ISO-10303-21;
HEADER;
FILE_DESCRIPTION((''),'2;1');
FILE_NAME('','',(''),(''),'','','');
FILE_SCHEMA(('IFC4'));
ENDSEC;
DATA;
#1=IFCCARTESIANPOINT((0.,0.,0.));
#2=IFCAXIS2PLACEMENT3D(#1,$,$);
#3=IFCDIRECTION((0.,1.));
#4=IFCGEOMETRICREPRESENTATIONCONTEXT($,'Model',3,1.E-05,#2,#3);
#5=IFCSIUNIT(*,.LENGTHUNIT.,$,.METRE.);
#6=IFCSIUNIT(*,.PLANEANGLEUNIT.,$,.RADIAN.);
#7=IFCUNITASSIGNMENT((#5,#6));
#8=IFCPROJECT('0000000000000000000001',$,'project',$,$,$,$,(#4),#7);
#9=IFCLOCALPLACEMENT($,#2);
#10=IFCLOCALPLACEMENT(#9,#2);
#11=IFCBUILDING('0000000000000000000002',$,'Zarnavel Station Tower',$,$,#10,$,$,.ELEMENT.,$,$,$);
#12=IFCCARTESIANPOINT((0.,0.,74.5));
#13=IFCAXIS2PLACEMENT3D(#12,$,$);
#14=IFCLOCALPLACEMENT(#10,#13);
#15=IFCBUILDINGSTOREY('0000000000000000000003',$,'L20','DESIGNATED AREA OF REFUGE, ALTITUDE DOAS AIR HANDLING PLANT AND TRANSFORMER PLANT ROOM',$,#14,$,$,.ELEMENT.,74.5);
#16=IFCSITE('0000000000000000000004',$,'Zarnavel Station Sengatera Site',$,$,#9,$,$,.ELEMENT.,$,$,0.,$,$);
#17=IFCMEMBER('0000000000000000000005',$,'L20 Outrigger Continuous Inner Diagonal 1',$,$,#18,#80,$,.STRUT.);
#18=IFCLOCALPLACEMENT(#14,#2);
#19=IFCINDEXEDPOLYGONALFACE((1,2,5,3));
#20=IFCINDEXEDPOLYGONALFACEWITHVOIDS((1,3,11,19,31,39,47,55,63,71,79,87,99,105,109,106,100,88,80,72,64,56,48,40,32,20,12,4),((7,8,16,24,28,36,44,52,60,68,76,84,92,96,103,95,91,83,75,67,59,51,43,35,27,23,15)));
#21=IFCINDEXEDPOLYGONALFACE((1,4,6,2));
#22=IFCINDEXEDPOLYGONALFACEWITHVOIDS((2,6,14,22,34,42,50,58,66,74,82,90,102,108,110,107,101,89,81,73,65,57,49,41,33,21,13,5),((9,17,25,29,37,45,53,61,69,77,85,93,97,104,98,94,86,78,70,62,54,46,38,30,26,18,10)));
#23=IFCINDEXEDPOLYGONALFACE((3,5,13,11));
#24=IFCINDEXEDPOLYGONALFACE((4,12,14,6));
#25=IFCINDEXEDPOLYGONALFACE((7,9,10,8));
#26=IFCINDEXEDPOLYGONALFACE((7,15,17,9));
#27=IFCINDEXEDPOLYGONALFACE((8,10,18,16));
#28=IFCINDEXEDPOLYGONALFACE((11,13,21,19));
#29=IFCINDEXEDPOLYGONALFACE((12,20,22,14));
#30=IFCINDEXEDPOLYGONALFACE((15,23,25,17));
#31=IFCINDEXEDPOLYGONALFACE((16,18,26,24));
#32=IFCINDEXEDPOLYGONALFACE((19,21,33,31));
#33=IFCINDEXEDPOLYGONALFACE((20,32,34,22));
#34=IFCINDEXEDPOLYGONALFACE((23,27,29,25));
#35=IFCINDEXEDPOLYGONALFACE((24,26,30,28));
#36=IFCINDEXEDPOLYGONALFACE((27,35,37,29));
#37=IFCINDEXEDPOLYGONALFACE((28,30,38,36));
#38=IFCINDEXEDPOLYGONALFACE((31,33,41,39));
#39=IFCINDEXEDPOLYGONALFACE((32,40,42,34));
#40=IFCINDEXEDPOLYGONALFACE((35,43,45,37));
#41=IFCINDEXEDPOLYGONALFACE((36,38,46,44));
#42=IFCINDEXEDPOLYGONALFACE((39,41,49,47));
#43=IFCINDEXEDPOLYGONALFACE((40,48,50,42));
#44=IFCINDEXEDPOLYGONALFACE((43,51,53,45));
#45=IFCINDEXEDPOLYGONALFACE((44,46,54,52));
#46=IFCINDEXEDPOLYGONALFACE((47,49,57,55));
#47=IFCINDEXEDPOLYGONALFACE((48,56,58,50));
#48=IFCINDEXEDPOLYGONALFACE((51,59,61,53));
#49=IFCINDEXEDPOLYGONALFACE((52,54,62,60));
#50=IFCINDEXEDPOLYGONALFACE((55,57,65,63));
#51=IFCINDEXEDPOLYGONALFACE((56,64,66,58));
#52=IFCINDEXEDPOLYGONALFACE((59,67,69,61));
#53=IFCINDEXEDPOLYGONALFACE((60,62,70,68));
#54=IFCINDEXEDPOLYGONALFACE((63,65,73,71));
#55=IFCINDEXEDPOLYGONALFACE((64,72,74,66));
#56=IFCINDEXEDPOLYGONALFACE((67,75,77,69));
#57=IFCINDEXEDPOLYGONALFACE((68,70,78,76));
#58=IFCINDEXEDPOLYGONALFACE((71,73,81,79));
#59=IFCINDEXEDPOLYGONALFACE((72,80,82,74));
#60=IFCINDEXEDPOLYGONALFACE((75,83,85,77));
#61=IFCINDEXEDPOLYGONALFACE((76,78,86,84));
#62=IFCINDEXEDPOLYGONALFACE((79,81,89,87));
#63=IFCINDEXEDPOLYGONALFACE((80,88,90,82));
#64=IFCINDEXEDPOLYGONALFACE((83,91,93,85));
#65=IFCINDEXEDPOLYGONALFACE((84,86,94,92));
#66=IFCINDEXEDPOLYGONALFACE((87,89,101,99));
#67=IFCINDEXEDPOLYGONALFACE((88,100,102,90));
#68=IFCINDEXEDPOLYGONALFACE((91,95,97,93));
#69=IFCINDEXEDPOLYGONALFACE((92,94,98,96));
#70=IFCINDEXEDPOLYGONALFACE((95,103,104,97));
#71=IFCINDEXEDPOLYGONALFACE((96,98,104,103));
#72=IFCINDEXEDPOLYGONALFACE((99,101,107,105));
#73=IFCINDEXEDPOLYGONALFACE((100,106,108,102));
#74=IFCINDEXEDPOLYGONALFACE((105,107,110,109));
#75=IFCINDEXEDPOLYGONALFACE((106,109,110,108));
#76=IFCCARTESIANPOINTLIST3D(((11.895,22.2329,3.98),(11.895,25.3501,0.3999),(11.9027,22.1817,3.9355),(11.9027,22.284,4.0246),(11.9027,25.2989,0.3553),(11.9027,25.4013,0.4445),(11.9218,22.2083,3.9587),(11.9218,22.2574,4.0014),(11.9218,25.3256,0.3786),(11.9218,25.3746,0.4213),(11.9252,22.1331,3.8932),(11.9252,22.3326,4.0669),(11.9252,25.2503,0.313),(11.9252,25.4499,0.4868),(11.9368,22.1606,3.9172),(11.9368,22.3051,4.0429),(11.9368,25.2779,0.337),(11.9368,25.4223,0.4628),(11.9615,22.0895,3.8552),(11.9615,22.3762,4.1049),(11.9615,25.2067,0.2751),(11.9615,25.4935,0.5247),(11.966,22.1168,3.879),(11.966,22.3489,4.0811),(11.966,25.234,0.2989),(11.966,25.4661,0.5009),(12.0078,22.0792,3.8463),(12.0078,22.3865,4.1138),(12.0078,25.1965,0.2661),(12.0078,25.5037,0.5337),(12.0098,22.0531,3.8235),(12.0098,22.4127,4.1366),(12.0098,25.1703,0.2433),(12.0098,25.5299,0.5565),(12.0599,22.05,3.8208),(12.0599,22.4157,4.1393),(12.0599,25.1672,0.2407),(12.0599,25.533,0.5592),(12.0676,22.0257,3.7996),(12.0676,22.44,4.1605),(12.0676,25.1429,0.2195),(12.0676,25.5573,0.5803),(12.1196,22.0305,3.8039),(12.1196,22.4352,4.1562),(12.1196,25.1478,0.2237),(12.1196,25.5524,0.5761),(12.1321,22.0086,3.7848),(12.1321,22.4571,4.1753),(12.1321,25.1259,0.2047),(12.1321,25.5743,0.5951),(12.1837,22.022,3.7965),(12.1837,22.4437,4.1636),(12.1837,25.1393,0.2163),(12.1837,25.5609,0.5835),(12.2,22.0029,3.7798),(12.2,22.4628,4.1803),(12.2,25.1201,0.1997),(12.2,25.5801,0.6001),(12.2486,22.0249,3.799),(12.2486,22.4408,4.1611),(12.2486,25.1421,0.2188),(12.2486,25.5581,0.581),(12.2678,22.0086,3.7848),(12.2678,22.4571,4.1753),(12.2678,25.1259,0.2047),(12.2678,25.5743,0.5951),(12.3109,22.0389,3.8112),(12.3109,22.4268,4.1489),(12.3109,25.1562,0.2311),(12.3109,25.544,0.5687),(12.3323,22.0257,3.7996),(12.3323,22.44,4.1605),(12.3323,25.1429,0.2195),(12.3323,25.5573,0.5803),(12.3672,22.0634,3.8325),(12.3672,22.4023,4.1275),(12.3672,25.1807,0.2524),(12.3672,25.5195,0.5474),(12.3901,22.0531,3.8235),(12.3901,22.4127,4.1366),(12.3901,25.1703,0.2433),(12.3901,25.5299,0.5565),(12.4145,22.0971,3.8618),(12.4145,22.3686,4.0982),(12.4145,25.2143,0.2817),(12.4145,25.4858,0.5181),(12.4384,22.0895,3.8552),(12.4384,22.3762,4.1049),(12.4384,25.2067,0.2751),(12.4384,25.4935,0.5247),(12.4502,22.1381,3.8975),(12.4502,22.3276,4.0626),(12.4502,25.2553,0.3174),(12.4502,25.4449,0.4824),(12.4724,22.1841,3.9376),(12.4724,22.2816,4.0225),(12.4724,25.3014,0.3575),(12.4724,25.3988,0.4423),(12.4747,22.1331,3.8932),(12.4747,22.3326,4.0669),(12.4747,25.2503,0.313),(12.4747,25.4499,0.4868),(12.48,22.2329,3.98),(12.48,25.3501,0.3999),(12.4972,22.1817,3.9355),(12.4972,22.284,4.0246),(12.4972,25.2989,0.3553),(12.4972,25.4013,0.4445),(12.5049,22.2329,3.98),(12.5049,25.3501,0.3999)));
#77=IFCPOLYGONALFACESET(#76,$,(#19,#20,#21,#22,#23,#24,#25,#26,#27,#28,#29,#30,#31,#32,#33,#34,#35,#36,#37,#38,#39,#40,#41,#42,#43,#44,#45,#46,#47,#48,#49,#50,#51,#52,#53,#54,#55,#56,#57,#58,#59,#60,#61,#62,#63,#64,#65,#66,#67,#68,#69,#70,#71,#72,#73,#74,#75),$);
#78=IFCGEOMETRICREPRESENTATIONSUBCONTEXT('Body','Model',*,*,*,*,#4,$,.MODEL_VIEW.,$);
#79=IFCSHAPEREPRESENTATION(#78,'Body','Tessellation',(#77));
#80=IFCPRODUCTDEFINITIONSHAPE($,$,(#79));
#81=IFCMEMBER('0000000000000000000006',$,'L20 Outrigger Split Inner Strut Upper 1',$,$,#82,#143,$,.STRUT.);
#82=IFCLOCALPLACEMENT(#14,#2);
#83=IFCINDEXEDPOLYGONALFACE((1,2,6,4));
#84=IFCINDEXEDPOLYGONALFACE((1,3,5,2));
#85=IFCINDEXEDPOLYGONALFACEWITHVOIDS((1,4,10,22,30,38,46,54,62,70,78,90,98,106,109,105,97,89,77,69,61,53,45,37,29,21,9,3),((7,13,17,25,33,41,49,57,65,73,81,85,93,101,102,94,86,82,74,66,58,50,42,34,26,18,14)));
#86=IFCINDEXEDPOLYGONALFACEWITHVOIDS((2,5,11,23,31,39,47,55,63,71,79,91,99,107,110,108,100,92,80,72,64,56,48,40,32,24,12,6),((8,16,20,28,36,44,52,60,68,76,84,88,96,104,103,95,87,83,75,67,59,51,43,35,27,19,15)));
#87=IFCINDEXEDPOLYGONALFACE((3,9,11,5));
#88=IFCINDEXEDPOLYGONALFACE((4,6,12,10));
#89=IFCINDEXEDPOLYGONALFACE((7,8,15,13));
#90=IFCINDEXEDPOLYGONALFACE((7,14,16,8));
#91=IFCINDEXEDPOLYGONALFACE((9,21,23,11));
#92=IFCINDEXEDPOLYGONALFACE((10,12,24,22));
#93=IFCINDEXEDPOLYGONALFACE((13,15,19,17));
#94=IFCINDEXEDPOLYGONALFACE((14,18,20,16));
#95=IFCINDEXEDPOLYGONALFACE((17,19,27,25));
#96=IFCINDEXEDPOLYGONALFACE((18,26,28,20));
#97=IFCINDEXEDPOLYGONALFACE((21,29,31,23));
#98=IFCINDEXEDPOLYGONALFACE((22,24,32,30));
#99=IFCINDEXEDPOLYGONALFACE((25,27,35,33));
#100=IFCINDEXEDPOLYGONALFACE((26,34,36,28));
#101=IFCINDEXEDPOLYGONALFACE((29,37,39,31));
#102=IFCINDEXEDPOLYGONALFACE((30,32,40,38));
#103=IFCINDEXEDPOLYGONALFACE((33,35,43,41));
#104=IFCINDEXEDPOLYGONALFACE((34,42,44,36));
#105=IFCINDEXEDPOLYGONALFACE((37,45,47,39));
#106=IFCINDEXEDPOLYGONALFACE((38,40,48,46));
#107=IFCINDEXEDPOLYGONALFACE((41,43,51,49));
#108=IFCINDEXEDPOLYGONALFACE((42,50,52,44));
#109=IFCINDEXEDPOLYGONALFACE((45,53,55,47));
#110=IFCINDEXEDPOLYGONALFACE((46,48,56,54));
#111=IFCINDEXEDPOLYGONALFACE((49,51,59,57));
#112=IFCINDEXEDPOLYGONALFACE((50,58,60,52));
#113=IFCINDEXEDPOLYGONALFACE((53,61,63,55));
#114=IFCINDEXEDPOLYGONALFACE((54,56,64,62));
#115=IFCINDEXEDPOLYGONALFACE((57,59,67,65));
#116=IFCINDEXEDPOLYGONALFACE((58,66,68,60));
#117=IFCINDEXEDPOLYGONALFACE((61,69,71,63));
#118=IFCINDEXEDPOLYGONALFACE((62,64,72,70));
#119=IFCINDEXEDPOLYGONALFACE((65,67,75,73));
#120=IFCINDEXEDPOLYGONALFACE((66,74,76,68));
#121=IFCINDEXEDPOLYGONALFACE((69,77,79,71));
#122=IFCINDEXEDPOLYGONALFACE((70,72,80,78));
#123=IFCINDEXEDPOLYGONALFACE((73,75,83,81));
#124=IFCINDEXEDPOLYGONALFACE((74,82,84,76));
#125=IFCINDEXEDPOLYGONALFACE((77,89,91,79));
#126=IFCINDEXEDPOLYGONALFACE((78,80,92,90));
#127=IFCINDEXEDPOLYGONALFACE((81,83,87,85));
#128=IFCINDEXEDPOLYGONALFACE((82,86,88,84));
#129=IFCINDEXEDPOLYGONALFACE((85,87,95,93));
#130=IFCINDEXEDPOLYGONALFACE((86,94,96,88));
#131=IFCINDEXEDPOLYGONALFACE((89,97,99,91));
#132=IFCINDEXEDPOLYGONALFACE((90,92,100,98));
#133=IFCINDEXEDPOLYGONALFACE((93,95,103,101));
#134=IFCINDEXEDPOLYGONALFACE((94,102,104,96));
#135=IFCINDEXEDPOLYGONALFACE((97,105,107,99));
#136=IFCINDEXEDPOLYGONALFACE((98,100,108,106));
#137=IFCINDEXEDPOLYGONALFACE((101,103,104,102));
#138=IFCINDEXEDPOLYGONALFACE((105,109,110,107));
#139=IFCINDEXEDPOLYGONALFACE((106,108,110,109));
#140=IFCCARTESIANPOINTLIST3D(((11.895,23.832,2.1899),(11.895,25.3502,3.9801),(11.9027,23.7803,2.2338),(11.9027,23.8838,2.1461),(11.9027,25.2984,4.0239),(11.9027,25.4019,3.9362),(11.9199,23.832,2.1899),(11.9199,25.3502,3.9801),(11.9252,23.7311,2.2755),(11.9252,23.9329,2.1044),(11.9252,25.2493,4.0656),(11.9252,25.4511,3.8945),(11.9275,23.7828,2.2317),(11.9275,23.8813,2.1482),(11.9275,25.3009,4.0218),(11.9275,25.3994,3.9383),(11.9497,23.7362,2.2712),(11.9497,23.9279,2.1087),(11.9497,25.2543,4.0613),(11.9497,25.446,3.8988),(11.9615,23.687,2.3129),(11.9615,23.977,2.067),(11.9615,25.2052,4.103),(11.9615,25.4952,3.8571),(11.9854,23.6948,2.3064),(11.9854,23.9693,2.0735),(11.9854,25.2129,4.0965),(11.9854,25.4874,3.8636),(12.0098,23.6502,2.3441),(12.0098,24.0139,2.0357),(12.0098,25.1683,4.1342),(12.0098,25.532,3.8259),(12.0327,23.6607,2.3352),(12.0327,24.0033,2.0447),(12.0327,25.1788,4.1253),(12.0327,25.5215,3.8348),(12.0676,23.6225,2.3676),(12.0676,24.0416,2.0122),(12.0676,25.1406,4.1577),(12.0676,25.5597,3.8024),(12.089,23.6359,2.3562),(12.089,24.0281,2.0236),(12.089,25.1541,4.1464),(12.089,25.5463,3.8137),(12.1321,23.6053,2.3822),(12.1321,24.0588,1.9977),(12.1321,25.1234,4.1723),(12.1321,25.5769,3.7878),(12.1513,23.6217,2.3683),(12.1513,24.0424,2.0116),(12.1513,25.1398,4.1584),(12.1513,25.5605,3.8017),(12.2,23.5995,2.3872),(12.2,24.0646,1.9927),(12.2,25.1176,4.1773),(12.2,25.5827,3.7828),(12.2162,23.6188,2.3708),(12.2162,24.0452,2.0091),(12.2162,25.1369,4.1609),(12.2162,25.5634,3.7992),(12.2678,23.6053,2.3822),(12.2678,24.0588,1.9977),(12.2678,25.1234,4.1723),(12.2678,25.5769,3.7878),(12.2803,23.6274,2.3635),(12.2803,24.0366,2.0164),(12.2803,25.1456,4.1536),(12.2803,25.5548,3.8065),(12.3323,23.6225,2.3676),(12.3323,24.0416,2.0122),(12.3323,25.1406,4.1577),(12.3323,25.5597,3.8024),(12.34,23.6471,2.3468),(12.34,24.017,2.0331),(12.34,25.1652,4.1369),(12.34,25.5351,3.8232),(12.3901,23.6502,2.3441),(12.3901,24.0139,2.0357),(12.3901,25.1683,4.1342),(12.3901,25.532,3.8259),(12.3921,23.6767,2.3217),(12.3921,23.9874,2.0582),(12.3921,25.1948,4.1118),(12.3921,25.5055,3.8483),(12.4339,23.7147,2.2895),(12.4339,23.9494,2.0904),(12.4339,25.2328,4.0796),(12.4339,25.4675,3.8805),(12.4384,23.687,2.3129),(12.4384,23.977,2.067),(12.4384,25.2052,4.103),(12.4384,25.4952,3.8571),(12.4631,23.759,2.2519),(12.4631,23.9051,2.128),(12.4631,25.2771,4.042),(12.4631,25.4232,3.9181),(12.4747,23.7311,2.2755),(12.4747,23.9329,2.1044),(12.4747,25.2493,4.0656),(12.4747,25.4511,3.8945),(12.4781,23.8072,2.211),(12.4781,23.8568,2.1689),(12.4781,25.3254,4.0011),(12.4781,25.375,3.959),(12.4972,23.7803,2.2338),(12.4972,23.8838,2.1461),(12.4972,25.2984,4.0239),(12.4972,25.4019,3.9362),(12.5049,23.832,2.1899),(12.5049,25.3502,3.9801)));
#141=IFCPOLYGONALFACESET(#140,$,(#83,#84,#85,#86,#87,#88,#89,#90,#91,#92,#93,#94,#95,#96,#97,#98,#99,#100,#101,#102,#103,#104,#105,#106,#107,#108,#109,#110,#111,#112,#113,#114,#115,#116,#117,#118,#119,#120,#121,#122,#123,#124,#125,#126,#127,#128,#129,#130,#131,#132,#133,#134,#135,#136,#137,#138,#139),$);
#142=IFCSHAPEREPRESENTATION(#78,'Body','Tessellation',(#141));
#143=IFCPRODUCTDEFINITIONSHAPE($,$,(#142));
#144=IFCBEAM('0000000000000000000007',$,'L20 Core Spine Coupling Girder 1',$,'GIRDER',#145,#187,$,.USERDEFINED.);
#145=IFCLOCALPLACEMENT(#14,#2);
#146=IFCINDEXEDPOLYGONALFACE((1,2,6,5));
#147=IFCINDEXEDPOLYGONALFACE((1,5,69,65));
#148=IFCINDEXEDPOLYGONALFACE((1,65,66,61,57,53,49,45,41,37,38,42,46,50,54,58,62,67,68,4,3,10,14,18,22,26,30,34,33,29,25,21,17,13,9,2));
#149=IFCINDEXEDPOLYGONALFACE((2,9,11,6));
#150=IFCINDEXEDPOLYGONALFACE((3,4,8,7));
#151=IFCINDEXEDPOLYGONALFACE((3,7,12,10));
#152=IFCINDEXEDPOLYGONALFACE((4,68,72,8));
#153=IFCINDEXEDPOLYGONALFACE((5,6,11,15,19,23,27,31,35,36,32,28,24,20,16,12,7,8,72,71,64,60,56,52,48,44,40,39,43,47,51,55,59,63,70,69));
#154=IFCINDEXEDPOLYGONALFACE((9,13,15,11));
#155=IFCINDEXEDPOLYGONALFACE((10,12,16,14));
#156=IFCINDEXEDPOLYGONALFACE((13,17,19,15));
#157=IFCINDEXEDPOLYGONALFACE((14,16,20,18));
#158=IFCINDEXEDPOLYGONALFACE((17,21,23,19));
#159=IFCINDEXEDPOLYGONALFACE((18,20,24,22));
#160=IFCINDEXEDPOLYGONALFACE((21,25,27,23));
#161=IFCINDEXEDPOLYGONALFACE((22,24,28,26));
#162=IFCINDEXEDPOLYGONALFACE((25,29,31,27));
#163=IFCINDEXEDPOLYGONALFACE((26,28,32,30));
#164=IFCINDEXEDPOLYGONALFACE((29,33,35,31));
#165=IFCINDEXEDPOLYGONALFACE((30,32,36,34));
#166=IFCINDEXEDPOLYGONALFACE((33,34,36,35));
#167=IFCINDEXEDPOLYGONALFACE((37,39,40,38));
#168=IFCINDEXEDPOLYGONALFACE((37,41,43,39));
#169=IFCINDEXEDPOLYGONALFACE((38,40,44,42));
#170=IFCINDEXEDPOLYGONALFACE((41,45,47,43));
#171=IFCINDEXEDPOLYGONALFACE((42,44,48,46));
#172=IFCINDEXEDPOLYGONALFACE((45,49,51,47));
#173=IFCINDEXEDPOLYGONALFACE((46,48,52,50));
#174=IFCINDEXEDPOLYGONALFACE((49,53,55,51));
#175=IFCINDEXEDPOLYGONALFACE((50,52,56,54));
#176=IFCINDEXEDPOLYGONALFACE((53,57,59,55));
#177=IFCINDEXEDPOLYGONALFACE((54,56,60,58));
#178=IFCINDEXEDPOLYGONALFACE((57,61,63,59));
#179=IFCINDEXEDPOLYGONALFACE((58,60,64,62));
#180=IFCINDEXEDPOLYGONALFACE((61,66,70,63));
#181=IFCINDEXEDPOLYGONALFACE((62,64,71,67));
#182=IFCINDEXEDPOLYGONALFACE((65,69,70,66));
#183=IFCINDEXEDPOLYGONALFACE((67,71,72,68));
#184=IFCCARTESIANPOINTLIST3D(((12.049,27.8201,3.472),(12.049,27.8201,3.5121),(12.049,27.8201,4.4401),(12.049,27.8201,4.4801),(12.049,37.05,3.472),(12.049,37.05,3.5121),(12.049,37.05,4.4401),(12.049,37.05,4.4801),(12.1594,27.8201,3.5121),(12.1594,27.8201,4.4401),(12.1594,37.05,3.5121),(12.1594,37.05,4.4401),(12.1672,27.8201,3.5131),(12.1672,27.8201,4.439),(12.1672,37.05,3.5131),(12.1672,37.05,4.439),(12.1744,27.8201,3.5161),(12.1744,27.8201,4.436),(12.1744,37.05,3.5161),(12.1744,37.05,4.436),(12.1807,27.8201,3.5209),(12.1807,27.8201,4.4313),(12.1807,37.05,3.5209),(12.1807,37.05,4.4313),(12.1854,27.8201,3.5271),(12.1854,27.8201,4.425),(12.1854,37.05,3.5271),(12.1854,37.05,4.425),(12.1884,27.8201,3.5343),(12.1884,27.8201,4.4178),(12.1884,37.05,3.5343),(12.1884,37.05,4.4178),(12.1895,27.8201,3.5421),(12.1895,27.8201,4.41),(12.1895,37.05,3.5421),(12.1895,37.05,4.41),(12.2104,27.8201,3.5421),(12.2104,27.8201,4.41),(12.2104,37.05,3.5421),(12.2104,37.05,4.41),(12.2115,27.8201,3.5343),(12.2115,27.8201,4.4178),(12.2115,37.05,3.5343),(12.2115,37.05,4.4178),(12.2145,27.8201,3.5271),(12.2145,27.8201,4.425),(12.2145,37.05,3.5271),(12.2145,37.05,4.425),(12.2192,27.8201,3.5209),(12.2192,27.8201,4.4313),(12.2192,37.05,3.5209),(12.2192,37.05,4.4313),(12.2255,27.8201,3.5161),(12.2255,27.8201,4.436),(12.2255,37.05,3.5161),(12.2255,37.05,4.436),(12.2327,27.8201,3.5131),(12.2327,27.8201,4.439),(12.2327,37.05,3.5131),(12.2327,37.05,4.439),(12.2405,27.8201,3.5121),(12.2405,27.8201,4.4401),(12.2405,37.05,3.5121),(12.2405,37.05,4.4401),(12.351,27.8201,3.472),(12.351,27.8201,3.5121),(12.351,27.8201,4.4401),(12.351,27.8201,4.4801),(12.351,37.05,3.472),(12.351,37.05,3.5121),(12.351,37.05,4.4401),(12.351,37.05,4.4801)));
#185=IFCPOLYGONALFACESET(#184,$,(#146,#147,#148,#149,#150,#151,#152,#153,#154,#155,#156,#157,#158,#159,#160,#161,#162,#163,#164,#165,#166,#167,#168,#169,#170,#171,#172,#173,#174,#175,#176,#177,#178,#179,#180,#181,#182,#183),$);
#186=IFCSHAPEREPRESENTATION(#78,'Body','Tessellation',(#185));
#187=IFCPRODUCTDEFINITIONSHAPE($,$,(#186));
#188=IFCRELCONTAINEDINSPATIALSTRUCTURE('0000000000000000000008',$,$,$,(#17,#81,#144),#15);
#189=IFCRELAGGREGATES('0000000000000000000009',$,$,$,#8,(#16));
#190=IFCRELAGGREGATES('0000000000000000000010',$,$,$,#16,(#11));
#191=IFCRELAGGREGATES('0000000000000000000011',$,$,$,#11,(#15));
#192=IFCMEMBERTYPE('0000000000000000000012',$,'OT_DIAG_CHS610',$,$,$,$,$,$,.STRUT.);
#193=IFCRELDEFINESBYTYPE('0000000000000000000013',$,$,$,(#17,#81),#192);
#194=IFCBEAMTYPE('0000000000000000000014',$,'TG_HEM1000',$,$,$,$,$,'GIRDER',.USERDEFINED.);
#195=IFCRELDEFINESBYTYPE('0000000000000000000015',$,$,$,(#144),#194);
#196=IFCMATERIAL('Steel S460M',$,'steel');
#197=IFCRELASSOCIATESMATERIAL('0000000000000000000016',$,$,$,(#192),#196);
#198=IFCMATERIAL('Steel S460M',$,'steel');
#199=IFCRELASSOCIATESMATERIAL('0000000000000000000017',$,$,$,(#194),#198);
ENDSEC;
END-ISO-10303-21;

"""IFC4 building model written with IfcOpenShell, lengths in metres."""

from ifc_helpers import new_model, si_unit, direction, frame, origin, origin_2d, place, context, subcontext, project, spatial, hollow_circle, i_section, extrude, material, material_profile, profile_set, type_object, element, save


model = new_model("IFC4")

# Units and contexts
model_context = context("Model", 3, precision=1e-05, world=origin(), true_north=direction((0.0, 1.0)))
body_context = subcontext(model_context, "Body", "Model", "MODEL_VIEW")
ifc_project = project(units=[si_unit("LENGTHUNIT", "METRE"), si_unit("PLANEANGLEUNIT", "RADIAN")], contexts=[model_context])

# Site, building, storey
site_placement = place(None, origin())
site = spatial("IfcSite", under=ifc_project, at=site_placement, Name="Zarnavel Station Sengatera Site", CompositionType="ELEMENT", RefElevation=0.0)
building_placement = place(site_placement, origin())
building = spatial("IfcBuilding", under=site, at=building_placement, Name="Zarnavel Station Tower", CompositionType="ELEMENT")
storey_placement = place(building_placement, frame((0.0, 0.0, 74.5)))
storey = spatial("IfcBuildingStorey", under=building, at=storey_placement, Name="L20", Description="DESIGNATED AREA OF REFUGE, ALTITUDE DOAS AIR HANDLING PLANT AND TRANSFORMER PLANT ROOM", CompositionType="ELEMENT", Elevation=74.5)

# Members
ifc_material_1 = material(Name="Steel S460M", Category="steel")
ifc_material_profile_1 = material_profile(ifc_material_1, hollow_circle(Radius=0.3049, WallThickness=0.0249, at=origin_2d()), Name="CHS610x25")
ifc_profile_set_1 = profile_set([ifc_material_profile_1], Name="Steel S460M")
member_type = type_object("IfcMemberType", Name="OT_DIAG_CHS610", PredefinedType="STRUT", material=ifc_profile_set_1)
member_1_placement = place(storey_placement, frame((12.2, 25.3501, 0.3999), z_axis=(0.0, -0.656668, 0.75418), x_axis=(1.0, 0.0, 0.0)))
element("IfcMember", 1, at=member_1_placement, inside=storey, type_object=member_type, Name="L20 Outrigger Continuous Inner Diagonal 1", PredefinedType="STRUT", context=body_context, shape_type="SweptSolid", body=[
    extrude(hollow_circle(Radius=0.3049, WallThickness=0.0249, at=origin_2d()), origin(), (0.0, 0.0, 1.0), 4.7471),
])
member_2_placement = place(storey_placement, frame((12.2, 23.832, 2.1899), z_axis=(0.0, 0.64679, 0.762668), x_axis=(-1.0, 0.0, 0.0)))
element("IfcMember", 2, at=member_2_placement, inside=storey, type_object=member_type, Name="L20 Outrigger Split Inner Strut Upper 1", PredefinedType="STRUT", context=body_context, shape_type="SweptSolid", body=[
    extrude(hollow_circle(Radius=0.3049, WallThickness=0.0249, at=origin_2d()), origin(), (0.0, 0.0, 1.0), 2.3472),
])

# Beam
ifc_material_2 = material(Name="Steel S460M", Category="steel")
ifc_material_profile_2 = material_profile(ifc_material_2, i_section(OverallWidth=0.302, OverallDepth=1.0081, WebThickness=0.021, FlangeThickness=0.04, FilletRadius=0.03, at=origin_2d()), Name="HEM1000")
ifc_profile_set_2 = profile_set([ifc_material_profile_2], Name="Steel S460M")
beam_type_1 = type_object("IfcBeamType", Name="TG_HEM1000", ElementType="GIRDER", PredefinedType="USERDEFINED", material=ifc_profile_set_2)
beam_1_placement = place(storey_placement, frame((12.2, 27.8201, 3.9761), z_axis=(0.0, 1.0, 0.0), x_axis=(-1.0, 0.0, 0.0)))
element("IfcBeam", 3, at=beam_1_placement, inside=storey, type_object=beam_type_1, Name="L20 Core Spine Coupling Girder 1", ObjectType="GIRDER", PredefinedType="USERDEFINED", context=body_context, shape_type="SweptSolid", body=[
    extrude(i_section(OverallWidth=0.302, OverallDepth=1.0081, WebThickness=0.021, FlangeThickness=0.04, FilletRadius=0.03, at=origin_2d()), origin(), (0.0, 0.0, 1.0), 9.23),
])

save(model, "model.ifc")
